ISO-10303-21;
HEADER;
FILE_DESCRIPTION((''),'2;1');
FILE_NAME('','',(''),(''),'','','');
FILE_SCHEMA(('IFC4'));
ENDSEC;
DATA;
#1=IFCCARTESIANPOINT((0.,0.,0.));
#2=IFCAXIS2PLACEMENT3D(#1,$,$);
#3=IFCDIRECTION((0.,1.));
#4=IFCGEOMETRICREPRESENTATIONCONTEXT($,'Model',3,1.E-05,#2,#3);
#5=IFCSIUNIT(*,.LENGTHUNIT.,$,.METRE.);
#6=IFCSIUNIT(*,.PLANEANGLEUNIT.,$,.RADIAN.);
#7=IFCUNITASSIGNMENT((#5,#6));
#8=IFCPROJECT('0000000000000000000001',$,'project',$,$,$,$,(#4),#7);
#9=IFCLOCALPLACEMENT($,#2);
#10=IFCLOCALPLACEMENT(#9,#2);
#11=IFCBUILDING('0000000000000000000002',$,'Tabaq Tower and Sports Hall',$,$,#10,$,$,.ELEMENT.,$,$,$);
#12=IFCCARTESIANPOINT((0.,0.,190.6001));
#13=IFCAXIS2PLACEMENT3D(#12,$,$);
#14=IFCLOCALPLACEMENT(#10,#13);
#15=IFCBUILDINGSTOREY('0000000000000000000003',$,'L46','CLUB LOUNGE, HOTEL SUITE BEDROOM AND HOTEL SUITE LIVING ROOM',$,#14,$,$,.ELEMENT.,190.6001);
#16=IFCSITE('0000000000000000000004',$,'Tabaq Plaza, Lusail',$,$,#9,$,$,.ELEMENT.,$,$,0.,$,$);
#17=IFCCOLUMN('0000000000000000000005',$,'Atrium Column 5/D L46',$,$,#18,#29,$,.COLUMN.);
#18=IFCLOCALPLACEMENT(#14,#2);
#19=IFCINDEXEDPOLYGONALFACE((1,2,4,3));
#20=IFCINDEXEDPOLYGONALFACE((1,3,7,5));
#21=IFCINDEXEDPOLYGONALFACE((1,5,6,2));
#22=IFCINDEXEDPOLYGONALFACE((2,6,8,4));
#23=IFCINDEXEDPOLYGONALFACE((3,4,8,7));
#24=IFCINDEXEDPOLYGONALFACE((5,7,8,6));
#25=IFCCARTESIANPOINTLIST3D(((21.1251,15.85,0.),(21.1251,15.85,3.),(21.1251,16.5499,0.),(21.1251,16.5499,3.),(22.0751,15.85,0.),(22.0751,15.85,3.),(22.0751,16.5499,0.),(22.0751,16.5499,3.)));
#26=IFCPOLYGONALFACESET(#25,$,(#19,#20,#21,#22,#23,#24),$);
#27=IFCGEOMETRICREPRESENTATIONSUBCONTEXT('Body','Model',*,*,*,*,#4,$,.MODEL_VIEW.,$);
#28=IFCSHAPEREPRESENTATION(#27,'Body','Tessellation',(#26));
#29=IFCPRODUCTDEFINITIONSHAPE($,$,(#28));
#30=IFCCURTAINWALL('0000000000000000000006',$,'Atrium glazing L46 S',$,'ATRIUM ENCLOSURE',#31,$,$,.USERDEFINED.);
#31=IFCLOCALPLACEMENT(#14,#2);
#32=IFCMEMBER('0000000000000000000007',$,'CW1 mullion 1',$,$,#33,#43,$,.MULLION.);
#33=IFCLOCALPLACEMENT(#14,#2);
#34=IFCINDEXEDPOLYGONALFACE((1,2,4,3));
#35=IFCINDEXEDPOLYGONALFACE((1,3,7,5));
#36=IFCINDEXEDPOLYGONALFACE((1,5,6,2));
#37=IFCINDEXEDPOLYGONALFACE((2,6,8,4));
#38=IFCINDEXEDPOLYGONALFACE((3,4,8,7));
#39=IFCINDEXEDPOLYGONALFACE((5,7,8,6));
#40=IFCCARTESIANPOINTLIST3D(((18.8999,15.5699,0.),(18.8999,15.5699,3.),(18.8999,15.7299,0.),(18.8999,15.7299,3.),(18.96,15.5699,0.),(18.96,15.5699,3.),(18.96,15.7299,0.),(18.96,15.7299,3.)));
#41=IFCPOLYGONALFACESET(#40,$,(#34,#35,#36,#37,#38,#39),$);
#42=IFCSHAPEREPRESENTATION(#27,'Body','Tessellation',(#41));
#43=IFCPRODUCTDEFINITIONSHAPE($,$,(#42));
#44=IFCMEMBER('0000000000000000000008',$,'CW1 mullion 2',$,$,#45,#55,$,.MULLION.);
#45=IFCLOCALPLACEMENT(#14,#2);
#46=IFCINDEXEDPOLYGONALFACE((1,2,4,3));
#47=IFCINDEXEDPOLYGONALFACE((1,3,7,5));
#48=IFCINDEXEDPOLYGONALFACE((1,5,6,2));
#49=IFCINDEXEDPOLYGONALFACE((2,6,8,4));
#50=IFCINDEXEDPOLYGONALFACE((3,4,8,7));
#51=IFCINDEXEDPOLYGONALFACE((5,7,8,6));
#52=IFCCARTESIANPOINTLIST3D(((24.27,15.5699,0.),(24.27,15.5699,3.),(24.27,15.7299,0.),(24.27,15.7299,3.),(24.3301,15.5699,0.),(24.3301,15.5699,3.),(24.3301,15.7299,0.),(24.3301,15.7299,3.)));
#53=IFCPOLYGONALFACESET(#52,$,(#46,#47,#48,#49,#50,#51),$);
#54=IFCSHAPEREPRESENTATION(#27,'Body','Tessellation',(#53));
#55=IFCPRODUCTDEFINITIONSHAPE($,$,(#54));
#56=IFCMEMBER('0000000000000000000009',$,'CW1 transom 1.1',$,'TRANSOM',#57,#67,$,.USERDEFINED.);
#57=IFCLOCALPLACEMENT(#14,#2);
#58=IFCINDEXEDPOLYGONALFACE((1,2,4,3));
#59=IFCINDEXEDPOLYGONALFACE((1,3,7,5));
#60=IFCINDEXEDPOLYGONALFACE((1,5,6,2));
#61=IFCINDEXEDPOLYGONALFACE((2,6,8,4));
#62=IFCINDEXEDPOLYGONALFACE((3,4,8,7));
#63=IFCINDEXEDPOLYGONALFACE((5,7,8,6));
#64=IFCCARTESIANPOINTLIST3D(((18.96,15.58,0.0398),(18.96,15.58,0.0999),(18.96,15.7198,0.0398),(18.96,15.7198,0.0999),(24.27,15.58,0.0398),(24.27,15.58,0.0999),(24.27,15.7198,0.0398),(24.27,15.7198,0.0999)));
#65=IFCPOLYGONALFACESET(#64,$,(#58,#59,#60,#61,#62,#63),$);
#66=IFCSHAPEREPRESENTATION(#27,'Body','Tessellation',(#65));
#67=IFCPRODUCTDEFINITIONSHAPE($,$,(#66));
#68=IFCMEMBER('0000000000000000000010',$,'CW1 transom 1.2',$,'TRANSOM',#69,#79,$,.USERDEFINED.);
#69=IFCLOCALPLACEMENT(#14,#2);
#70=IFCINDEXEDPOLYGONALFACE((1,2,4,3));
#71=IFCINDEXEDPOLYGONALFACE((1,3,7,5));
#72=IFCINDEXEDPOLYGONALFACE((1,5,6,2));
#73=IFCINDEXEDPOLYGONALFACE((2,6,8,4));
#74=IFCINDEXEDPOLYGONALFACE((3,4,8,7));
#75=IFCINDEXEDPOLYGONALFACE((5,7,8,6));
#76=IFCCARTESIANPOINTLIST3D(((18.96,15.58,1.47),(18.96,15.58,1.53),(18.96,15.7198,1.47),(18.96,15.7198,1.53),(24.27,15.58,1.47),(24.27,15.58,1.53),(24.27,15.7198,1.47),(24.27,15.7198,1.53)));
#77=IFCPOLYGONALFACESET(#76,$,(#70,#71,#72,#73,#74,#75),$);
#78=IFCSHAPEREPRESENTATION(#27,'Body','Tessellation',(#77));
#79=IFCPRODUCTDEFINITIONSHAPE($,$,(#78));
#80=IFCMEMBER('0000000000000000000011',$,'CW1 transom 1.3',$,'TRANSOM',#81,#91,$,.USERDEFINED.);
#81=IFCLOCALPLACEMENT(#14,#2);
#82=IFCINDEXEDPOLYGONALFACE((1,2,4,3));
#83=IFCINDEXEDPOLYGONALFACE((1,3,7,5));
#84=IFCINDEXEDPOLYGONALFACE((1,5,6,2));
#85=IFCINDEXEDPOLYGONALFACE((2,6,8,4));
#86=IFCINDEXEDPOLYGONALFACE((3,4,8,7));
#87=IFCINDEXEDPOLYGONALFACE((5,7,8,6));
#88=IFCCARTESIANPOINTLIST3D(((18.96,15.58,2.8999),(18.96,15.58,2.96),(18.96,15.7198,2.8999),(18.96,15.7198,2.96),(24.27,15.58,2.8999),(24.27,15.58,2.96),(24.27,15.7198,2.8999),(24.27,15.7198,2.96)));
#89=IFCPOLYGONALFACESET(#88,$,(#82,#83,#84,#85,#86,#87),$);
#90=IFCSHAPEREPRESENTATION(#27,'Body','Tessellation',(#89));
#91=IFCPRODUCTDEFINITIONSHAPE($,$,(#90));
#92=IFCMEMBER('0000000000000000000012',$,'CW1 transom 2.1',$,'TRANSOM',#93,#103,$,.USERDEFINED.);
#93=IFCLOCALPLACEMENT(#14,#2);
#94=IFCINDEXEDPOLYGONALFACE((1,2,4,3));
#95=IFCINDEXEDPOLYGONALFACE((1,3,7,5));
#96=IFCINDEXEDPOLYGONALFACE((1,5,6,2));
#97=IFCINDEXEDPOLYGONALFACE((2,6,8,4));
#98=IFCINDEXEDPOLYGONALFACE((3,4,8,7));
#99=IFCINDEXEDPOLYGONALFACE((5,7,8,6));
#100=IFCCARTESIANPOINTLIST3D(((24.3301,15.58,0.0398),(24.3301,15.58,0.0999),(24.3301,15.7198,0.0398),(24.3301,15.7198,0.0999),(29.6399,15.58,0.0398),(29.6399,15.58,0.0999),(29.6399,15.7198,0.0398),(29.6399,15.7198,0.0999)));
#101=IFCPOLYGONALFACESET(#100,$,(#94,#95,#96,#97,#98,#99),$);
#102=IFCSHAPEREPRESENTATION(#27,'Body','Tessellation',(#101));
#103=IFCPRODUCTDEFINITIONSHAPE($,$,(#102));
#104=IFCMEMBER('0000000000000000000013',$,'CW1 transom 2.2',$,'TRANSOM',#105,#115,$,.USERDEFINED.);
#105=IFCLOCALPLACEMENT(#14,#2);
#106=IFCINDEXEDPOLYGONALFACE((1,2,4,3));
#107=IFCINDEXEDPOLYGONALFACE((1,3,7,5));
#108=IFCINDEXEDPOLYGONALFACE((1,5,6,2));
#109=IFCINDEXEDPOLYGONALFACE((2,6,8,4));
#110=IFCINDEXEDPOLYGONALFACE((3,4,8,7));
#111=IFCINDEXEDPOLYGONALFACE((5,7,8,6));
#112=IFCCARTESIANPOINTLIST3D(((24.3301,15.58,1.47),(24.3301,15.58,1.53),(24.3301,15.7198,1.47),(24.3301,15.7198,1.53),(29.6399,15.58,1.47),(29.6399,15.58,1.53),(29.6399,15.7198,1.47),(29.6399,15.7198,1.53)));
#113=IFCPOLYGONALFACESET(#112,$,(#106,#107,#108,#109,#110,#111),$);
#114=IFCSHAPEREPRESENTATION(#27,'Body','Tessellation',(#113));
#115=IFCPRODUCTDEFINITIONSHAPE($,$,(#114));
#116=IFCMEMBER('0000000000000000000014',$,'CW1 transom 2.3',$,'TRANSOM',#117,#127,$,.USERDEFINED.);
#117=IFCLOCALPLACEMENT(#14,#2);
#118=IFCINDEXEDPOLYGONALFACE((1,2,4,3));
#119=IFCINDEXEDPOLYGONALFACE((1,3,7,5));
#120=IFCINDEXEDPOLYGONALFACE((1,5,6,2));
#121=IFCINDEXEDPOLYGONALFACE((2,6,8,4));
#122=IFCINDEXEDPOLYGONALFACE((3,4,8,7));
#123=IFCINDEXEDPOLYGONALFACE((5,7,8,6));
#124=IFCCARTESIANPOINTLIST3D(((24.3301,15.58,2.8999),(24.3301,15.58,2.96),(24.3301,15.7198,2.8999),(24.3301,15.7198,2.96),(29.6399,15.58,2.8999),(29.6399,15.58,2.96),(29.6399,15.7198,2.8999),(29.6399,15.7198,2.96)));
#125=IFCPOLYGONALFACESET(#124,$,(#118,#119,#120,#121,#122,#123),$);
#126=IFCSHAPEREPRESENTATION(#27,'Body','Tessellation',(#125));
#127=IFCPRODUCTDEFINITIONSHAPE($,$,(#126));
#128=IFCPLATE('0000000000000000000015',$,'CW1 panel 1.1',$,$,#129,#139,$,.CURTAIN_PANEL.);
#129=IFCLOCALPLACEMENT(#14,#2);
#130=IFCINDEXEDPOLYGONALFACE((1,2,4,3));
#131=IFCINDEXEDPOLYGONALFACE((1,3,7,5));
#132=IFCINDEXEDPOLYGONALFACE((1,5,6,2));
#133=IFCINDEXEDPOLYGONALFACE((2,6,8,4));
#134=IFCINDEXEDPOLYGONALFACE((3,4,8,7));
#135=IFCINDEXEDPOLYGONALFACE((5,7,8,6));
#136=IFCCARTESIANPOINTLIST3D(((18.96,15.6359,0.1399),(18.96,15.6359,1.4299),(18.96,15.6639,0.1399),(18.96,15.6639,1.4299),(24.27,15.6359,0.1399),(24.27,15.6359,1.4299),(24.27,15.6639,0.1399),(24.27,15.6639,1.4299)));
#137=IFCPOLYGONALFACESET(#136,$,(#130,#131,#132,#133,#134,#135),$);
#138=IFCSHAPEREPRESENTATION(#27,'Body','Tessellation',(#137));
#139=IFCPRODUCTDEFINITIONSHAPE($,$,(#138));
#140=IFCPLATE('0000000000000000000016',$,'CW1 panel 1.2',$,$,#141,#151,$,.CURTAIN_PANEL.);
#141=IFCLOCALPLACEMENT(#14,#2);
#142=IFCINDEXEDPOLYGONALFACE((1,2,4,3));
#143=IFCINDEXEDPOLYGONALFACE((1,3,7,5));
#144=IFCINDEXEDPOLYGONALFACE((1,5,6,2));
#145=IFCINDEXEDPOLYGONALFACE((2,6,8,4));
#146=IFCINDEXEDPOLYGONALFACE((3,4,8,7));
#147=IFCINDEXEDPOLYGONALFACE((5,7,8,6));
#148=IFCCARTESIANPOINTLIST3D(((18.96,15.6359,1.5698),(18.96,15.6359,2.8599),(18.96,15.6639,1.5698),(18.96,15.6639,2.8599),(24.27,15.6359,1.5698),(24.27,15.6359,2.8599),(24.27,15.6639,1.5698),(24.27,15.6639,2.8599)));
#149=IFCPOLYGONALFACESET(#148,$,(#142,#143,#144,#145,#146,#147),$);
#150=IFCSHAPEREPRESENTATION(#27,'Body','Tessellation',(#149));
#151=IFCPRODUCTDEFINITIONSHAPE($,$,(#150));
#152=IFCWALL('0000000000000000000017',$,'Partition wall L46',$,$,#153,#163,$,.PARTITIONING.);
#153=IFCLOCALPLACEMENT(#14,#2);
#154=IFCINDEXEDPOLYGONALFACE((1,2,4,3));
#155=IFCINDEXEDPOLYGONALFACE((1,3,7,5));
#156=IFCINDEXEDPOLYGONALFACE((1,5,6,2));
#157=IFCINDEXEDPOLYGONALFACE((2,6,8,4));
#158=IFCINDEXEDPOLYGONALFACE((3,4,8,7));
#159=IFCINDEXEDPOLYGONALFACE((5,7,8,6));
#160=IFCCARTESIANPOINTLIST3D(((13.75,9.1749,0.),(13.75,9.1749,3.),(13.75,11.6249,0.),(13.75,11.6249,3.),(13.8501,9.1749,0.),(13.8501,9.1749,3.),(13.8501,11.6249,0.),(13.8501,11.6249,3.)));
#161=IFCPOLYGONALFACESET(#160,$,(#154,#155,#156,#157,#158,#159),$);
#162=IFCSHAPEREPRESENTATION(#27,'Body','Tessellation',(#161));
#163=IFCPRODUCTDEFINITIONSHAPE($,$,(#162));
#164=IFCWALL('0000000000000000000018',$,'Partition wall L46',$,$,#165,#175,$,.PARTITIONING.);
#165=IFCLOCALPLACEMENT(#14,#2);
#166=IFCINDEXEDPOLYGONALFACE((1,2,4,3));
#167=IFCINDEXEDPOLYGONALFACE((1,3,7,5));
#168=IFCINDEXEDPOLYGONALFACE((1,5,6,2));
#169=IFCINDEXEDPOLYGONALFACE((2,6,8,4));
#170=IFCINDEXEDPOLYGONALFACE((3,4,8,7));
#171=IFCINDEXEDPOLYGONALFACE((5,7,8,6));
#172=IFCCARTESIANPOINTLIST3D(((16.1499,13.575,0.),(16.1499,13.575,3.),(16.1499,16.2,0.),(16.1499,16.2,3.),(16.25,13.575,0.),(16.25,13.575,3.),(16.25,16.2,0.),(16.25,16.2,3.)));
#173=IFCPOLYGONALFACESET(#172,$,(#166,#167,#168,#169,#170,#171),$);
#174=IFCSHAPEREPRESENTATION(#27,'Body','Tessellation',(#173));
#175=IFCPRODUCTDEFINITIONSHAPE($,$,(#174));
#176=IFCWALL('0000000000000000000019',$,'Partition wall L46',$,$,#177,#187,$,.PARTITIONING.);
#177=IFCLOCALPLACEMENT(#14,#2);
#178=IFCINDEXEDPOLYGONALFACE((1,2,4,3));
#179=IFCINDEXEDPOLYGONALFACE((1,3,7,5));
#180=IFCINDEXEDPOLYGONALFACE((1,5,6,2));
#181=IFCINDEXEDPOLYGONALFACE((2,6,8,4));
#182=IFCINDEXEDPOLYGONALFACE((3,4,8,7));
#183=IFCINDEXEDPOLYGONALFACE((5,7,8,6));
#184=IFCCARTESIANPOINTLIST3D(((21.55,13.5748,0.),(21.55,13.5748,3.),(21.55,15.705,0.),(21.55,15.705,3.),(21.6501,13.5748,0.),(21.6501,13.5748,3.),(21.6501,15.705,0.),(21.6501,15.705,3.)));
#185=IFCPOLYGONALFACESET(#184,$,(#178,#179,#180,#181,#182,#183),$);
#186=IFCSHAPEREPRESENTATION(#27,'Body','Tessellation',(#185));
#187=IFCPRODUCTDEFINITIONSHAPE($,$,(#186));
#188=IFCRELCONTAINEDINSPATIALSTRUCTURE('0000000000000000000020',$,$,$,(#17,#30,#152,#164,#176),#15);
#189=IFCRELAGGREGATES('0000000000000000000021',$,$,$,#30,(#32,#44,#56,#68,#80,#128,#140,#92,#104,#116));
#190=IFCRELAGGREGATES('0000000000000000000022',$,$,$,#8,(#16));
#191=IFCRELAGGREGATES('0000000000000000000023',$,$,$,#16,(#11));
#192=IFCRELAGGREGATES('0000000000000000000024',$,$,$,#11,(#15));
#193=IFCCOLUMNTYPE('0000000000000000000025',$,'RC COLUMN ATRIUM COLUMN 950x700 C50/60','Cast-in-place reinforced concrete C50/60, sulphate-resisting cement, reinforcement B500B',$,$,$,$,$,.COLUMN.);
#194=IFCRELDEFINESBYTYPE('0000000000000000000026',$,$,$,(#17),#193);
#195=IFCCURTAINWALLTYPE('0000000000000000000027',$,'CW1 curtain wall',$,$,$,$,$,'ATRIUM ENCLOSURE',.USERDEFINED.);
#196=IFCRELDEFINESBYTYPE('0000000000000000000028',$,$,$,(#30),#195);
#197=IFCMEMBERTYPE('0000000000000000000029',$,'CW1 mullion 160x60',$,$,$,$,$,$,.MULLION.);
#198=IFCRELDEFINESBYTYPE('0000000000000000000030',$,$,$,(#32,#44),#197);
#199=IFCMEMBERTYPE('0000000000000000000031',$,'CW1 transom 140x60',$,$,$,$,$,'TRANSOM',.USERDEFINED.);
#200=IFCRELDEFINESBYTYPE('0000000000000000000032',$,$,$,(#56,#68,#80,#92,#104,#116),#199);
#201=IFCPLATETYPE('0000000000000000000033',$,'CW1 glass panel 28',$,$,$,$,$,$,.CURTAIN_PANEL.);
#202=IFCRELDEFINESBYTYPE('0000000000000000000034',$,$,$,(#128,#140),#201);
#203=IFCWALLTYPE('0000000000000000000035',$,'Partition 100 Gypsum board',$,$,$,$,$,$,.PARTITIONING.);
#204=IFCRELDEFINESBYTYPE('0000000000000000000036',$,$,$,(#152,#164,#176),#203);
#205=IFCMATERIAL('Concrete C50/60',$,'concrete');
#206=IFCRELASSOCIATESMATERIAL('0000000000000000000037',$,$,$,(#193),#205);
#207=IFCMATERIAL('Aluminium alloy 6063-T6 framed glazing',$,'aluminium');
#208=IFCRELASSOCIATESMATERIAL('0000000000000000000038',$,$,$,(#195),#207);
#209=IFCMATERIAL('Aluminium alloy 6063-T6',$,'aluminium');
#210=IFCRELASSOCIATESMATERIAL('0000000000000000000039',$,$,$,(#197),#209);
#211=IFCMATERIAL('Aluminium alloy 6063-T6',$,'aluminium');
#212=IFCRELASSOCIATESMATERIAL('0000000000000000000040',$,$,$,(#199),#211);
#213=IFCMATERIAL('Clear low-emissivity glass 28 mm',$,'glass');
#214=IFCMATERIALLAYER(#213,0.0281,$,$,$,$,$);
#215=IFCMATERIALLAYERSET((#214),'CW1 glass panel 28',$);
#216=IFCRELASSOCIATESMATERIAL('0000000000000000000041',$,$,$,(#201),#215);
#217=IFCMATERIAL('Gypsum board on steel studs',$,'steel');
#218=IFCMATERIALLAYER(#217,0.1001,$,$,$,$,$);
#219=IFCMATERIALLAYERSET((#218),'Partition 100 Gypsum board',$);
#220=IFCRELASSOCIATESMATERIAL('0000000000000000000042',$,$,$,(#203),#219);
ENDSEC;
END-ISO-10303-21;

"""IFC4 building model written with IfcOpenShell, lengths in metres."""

from ifc_helpers import new_model, si_unit, direction, frame, frame_2d, origin, origin_2d, place, context, subcontext, project, spatial, rectangle, extrude, material, layer, layer_set, material_profile, profile_set, type_object, element, aggregate, save


model = new_model("IFC4")

# Units and contexts
model_context = context("Model", 3, precision=1e-05, world=origin(), true_north=direction((0.0, 1.0)))
body_context = subcontext(model_context, "Body", "Model", "MODEL_VIEW")
ifc_project = project(units=[si_unit("LENGTHUNIT", "METRE"), si_unit("PLANEANGLEUNIT", "RADIAN")], contexts=[model_context])

# Site, building, storey
site_placement = place(None, origin())
site = spatial("IfcSite", under=ifc_project, at=site_placement, Name="Tabaq Plaza, Lusail", CompositionType="ELEMENT", RefElevation=0.0)
building_placement = place(site_placement, origin())
building = spatial("IfcBuilding", under=site, at=building_placement, Name="Tabaq Tower and Sports Hall", CompositionType="ELEMENT")
storey_placement = place(building_placement, frame((0.0, 0.0, 190.6001)))
storey = spatial("IfcBuildingStorey", under=building, at=storey_placement, Name="L46", Description="CLUB LOUNGE, HOTEL SUITE BEDROOM AND HOTEL SUITE LIVING ROOM", CompositionType="ELEMENT", Elevation=190.6001)

# Column
ifc_material_1 = material(Name="Concrete C50/60", Category="concrete")
ifc_material_profile_1 = material_profile(ifc_material_1, rectangle(XDim=0.95, YDim=0.7, at=origin_2d()), Name="ATRIUM COLUMN 950x700")
ifc_profile_set_1 = profile_set([ifc_material_profile_1], Name="Concrete C50/60")
column_type = type_object("IfcColumnType", Name="RC COLUMN ATRIUM COLUMN 950x700 C50/60", Description="Cast-in-place reinforced concrete C50/60, sulphate-resisting cement, reinforcement B500B", PredefinedType="COLUMN", material=ifc_profile_set_1)
column_placement = place(storey_placement, frame((21.6001, 16.2, 0.0), z_axis=(0.0, 0.0, 1.0), x_axis=(1.0, 0.0, 0.0)))
element("IfcColumn", 1, at=column_placement, inside=storey, type_object=column_type, Name="Atrium Column 5/D L46", PredefinedType="COLUMN", context=body_context, shape_type="SweptSolid", body=[
    extrude(rectangle(XDim=0.95, YDim=0.7, at=origin_2d()), origin(), (0.0, 0.0, 1.0), 3.0),
])

# Curtain wall, members, plates
ifc_material_2 = material(Name="Aluminium alloy 6063-T6 framed glazing", Category="aluminium")
curtain_wall_type = type_object("IfcCurtainWallType", Name="CW1 curtain wall", ElementType="ATRIUM ENCLOSURE", PredefinedType="USERDEFINED", material=ifc_material_2)
curtain_wall_placement = place(storey_placement, origin())
curtain_wall = element("IfcCurtainWall", 2, at=curtain_wall_placement, inside=storey, type_object=curtain_wall_type, Name="Atrium glazing L46 S", ObjectType="ATRIUM ENCLOSURE", PredefinedType="USERDEFINED")
ifc_material_3 = material(Name="Aluminium alloy 6063-T6", Category="aluminium")
ifc_material_profile_2 = material_profile(ifc_material_3, rectangle(XDim=0.1599, YDim=0.0601, at=origin_2d()), Name="MULLION 160x60")
ifc_profile_set_2 = profile_set([ifc_material_profile_2], Name="Aluminium alloy 6063-T6")
member_type_1 = type_object("IfcMemberType", Name="CW1 mullion 160x60", PredefinedType="MULLION", material=ifc_profile_set_2)
member_1_placement = place(storey_placement, frame((18.9299, 15.6499, 0.0), z_axis=(0.0, 0.0, 1.0), x_axis=(0.0, 1.0, 0.0)))
member_1 = element("IfcMember", 3, at=member_1_placement, type_object=member_type_1, Name="CW1 mullion 1", PredefinedType="MULLION", context=body_context, shape_type="SweptSolid", body=[
    extrude(rectangle(XDim=0.1599, YDim=0.0601, at=origin_2d()), origin(), (0.0, 0.0, 1.0), 3.0),
])
member_2_placement = place(storey_placement, frame((24.3, 15.6499, 0.0), z_axis=(0.0, 0.0, 1.0), x_axis=(0.0, 1.0, 0.0)))
member_2 = element("IfcMember", 4, at=member_2_placement, type_object=member_type_1, Name="CW1 mullion 2", PredefinedType="MULLION", context=body_context, shape_type="SweptSolid", body=[
    extrude(rectangle(XDim=0.1599, YDim=0.0601, at=origin_2d()), origin(), (0.0, 0.0, 1.0), 3.0),
])
ifc_material_4 = material(Name="Aluminium alloy 6063-T6", Category="aluminium")
ifc_material_profile_3 = material_profile(ifc_material_4, rectangle(XDim=0.1399, YDim=0.0601, at=origin_2d()), Name="TRANSOM 140x60")
ifc_profile_set_3 = profile_set([ifc_material_profile_3], Name="Aluminium alloy 6063-T6")
member_type_2 = type_object("IfcMemberType", Name="CW1 transom 140x60", ElementType="TRANSOM", PredefinedType="USERDEFINED", material=ifc_profile_set_3)
member_3_placement = place(storey_placement, frame((18.96, 15.6499, 0.0698), z_axis=(1.0, 0.0, 0.0), x_axis=(0.0, 1.0, 0.0)))
member_3 = element("IfcMember", 5, at=member_3_placement, type_object=member_type_2, Name="CW1 transom 1.1", ObjectType="TRANSOM", PredefinedType="USERDEFINED", context=body_context, shape_type="SweptSolid", body=[
    extrude(rectangle(XDim=0.1399, YDim=0.0601, at=origin_2d()), origin(), (0.0, 0.0, 1.0), 5.3101),
])
member_4_placement = place(storey_placement, frame((18.96, 15.6499, 1.5), z_axis=(1.0, 0.0, 0.0), x_axis=(0.0, 1.0, 0.0)))
member_4 = element("IfcMember", 6, at=member_4_placement, type_object=member_type_2, Name="CW1 transom 1.2", ObjectType="TRANSOM", PredefinedType="USERDEFINED", context=body_context, shape_type="SweptSolid", body=[
    extrude(rectangle(XDim=0.1399, YDim=0.0601, at=origin_2d()), origin(), (0.0, 0.0, 1.0), 5.3101),
])
member_5_placement = place(storey_placement, frame((18.96, 15.6499, 2.9299), z_axis=(1.0, 0.0, 0.0), x_axis=(0.0, 1.0, 0.0)))
member_5 = element("IfcMember", 7, at=member_5_placement, type_object=member_type_2, Name="CW1 transom 1.3", ObjectType="TRANSOM", PredefinedType="USERDEFINED", context=body_context, shape_type="SweptSolid", body=[
    extrude(rectangle(XDim=0.1399, YDim=0.0601, at=origin_2d()), origin(), (0.0, 0.0, 1.0), 5.3101),
])
member_6_placement = place(storey_placement, frame((24.3301, 15.6499, 0.0698), z_axis=(1.0, 0.0, 0.0), x_axis=(0.0, 1.0, 0.0)))
member_6 = element("IfcMember", 8, at=member_6_placement, type_object=member_type_2, Name="CW1 transom 2.1", ObjectType="TRANSOM", PredefinedType="USERDEFINED", context=body_context, shape_type="SweptSolid", body=[
    extrude(rectangle(XDim=0.1399, YDim=0.0601, at=origin_2d()), origin(), (0.0, 0.0, 1.0), 5.3098),
])
member_7_placement = place(storey_placement, frame((24.3301, 15.6499, 1.5), z_axis=(1.0, 0.0, 0.0), x_axis=(0.0, 1.0, 0.0)))
member_7 = element("IfcMember", 9, at=member_7_placement, type_object=member_type_2, Name="CW1 transom 2.2", ObjectType="TRANSOM", PredefinedType="USERDEFINED", context=body_context, shape_type="SweptSolid", body=[
    extrude(rectangle(XDim=0.1399, YDim=0.0601, at=origin_2d()), origin(), (0.0, 0.0, 1.0), 5.3098),
])
member_8_placement = place(storey_placement, frame((24.3301, 15.6499, 2.9299), z_axis=(1.0, 0.0, 0.0), x_axis=(0.0, 1.0, 0.0)))
member_8 = element("IfcMember", 10, at=member_8_placement, type_object=member_type_2, Name="CW1 transom 2.3", ObjectType="TRANSOM", PredefinedType="USERDEFINED", context=body_context, shape_type="SweptSolid", body=[
    extrude(rectangle(XDim=0.1399, YDim=0.0601, at=origin_2d()), origin(), (0.0, 0.0, 1.0), 5.3098),
])
ifc_material_5 = material(Name="Clear low-emissivity glass 28 mm", Category="glass")
ifc_layer_1 = layer(ifc_material_5, 0.0281)
ifc_layer_set_1 = layer_set([ifc_layer_1], Name="CW1 glass panel 28")
plate_type = type_object("IfcPlateType", Name="CW1 glass panel 28", PredefinedType="CURTAIN_PANEL", material=ifc_layer_set_1)
plate_1_placement = place(storey_placement, frame((21.615, 15.6499, 0.1399), z_axis=(0.0, 0.0, 1.0), x_axis=(1.0, 0.0, 0.0)))
plate_1 = element("IfcPlate", 11, at=plate_1_placement, type_object=plate_type, Name="CW1 panel 1.1", PredefinedType="CURTAIN_PANEL", context=body_context, shape_type="SweptSolid", body=[
    extrude(rectangle(XDim=5.3101, YDim=0.0281, at=origin_2d()), origin(), (0.0, 0.0, 1.0), 1.29),
])
plate_2_placement = place(storey_placement, frame((21.615, 15.6499, 1.5698), z_axis=(0.0, 0.0, 1.0), x_axis=(1.0, 0.0, 0.0)))
plate_2 = element("IfcPlate", 12, at=plate_2_placement, type_object=plate_type, Name="CW1 panel 1.2", PredefinedType="CURTAIN_PANEL", context=body_context, shape_type="SweptSolid", body=[
    extrude(rectangle(XDim=5.3101, YDim=0.0281, at=origin_2d()), origin(), (0.0, 0.0, 1.0), 1.29),
])
aggregate(curtain_wall, [member_1, member_2, member_3, member_4, member_5, plate_1, plate_2, member_6, member_7, member_8])

# Walls
ifc_material_6 = material(Name="Gypsum board on steel studs", Category="steel")
ifc_layer_2 = layer(ifc_material_6, 0.1001)
ifc_layer_set_2 = layer_set([ifc_layer_2], Name="Partition 100 Gypsum board")
wall_type_1 = type_object("IfcWallType", Name="Partition 100 Gypsum board", PredefinedType="PARTITIONING", material=ifc_layer_set_2)
wall_1_placement = place(storey_placement, frame((13.8, 11.625, 0.0), z_axis=(0.0, 0.0, 1.0), x_axis=(0.0, -1.0, 0.0)))
element("IfcWall", 13, at=wall_1_placement, inside=storey, type_object=wall_type_1, Name="Partition wall L46", PredefinedType="PARTITIONING", context=body_context, shape_type="SweptSolid", body=[
    extrude(rectangle(XDim=2.45, YDim=0.1001, at=frame_2d((1.2251, 0.0))), origin(), (0.0, 0.0, 1.0), 3.0),
])
wall_2_placement = place(storey_placement, frame((16.2, 16.2, 0.0), z_axis=(0.0, 0.0, 1.0), x_axis=(0.0, -1.0, 0.0)))
element("IfcWall", 14, at=wall_2_placement, inside=storey, type_object=wall_type_1, Name="Partition wall L46", PredefinedType="PARTITIONING", context=body_context, shape_type="SweptSolid", body=[
    extrude(rectangle(XDim=2.625, YDim=0.1001, at=frame_2d((1.3125, 0.0))), origin(), (0.0, 0.0, 1.0), 3.0),
])
wall_3_placement = place(storey_placement, frame((21.6001, 13.575, 0.0), z_axis=(0.0, 0.0, 1.0), x_axis=(0.0, 1.0, 0.0)))
element("IfcWall", 15, at=wall_3_placement, inside=storey, type_object=wall_type_1, Name="Partition wall L46", PredefinedType="PARTITIONING", context=body_context, shape_type="SweptSolid", body=[
    extrude(rectangle(XDim=2.1301, YDim=0.1001, at=frame_2d((1.0649, 0.0))), origin(), (0.0, 0.0, 1.0), 3.0),
])

save(model, "model.ifc")
